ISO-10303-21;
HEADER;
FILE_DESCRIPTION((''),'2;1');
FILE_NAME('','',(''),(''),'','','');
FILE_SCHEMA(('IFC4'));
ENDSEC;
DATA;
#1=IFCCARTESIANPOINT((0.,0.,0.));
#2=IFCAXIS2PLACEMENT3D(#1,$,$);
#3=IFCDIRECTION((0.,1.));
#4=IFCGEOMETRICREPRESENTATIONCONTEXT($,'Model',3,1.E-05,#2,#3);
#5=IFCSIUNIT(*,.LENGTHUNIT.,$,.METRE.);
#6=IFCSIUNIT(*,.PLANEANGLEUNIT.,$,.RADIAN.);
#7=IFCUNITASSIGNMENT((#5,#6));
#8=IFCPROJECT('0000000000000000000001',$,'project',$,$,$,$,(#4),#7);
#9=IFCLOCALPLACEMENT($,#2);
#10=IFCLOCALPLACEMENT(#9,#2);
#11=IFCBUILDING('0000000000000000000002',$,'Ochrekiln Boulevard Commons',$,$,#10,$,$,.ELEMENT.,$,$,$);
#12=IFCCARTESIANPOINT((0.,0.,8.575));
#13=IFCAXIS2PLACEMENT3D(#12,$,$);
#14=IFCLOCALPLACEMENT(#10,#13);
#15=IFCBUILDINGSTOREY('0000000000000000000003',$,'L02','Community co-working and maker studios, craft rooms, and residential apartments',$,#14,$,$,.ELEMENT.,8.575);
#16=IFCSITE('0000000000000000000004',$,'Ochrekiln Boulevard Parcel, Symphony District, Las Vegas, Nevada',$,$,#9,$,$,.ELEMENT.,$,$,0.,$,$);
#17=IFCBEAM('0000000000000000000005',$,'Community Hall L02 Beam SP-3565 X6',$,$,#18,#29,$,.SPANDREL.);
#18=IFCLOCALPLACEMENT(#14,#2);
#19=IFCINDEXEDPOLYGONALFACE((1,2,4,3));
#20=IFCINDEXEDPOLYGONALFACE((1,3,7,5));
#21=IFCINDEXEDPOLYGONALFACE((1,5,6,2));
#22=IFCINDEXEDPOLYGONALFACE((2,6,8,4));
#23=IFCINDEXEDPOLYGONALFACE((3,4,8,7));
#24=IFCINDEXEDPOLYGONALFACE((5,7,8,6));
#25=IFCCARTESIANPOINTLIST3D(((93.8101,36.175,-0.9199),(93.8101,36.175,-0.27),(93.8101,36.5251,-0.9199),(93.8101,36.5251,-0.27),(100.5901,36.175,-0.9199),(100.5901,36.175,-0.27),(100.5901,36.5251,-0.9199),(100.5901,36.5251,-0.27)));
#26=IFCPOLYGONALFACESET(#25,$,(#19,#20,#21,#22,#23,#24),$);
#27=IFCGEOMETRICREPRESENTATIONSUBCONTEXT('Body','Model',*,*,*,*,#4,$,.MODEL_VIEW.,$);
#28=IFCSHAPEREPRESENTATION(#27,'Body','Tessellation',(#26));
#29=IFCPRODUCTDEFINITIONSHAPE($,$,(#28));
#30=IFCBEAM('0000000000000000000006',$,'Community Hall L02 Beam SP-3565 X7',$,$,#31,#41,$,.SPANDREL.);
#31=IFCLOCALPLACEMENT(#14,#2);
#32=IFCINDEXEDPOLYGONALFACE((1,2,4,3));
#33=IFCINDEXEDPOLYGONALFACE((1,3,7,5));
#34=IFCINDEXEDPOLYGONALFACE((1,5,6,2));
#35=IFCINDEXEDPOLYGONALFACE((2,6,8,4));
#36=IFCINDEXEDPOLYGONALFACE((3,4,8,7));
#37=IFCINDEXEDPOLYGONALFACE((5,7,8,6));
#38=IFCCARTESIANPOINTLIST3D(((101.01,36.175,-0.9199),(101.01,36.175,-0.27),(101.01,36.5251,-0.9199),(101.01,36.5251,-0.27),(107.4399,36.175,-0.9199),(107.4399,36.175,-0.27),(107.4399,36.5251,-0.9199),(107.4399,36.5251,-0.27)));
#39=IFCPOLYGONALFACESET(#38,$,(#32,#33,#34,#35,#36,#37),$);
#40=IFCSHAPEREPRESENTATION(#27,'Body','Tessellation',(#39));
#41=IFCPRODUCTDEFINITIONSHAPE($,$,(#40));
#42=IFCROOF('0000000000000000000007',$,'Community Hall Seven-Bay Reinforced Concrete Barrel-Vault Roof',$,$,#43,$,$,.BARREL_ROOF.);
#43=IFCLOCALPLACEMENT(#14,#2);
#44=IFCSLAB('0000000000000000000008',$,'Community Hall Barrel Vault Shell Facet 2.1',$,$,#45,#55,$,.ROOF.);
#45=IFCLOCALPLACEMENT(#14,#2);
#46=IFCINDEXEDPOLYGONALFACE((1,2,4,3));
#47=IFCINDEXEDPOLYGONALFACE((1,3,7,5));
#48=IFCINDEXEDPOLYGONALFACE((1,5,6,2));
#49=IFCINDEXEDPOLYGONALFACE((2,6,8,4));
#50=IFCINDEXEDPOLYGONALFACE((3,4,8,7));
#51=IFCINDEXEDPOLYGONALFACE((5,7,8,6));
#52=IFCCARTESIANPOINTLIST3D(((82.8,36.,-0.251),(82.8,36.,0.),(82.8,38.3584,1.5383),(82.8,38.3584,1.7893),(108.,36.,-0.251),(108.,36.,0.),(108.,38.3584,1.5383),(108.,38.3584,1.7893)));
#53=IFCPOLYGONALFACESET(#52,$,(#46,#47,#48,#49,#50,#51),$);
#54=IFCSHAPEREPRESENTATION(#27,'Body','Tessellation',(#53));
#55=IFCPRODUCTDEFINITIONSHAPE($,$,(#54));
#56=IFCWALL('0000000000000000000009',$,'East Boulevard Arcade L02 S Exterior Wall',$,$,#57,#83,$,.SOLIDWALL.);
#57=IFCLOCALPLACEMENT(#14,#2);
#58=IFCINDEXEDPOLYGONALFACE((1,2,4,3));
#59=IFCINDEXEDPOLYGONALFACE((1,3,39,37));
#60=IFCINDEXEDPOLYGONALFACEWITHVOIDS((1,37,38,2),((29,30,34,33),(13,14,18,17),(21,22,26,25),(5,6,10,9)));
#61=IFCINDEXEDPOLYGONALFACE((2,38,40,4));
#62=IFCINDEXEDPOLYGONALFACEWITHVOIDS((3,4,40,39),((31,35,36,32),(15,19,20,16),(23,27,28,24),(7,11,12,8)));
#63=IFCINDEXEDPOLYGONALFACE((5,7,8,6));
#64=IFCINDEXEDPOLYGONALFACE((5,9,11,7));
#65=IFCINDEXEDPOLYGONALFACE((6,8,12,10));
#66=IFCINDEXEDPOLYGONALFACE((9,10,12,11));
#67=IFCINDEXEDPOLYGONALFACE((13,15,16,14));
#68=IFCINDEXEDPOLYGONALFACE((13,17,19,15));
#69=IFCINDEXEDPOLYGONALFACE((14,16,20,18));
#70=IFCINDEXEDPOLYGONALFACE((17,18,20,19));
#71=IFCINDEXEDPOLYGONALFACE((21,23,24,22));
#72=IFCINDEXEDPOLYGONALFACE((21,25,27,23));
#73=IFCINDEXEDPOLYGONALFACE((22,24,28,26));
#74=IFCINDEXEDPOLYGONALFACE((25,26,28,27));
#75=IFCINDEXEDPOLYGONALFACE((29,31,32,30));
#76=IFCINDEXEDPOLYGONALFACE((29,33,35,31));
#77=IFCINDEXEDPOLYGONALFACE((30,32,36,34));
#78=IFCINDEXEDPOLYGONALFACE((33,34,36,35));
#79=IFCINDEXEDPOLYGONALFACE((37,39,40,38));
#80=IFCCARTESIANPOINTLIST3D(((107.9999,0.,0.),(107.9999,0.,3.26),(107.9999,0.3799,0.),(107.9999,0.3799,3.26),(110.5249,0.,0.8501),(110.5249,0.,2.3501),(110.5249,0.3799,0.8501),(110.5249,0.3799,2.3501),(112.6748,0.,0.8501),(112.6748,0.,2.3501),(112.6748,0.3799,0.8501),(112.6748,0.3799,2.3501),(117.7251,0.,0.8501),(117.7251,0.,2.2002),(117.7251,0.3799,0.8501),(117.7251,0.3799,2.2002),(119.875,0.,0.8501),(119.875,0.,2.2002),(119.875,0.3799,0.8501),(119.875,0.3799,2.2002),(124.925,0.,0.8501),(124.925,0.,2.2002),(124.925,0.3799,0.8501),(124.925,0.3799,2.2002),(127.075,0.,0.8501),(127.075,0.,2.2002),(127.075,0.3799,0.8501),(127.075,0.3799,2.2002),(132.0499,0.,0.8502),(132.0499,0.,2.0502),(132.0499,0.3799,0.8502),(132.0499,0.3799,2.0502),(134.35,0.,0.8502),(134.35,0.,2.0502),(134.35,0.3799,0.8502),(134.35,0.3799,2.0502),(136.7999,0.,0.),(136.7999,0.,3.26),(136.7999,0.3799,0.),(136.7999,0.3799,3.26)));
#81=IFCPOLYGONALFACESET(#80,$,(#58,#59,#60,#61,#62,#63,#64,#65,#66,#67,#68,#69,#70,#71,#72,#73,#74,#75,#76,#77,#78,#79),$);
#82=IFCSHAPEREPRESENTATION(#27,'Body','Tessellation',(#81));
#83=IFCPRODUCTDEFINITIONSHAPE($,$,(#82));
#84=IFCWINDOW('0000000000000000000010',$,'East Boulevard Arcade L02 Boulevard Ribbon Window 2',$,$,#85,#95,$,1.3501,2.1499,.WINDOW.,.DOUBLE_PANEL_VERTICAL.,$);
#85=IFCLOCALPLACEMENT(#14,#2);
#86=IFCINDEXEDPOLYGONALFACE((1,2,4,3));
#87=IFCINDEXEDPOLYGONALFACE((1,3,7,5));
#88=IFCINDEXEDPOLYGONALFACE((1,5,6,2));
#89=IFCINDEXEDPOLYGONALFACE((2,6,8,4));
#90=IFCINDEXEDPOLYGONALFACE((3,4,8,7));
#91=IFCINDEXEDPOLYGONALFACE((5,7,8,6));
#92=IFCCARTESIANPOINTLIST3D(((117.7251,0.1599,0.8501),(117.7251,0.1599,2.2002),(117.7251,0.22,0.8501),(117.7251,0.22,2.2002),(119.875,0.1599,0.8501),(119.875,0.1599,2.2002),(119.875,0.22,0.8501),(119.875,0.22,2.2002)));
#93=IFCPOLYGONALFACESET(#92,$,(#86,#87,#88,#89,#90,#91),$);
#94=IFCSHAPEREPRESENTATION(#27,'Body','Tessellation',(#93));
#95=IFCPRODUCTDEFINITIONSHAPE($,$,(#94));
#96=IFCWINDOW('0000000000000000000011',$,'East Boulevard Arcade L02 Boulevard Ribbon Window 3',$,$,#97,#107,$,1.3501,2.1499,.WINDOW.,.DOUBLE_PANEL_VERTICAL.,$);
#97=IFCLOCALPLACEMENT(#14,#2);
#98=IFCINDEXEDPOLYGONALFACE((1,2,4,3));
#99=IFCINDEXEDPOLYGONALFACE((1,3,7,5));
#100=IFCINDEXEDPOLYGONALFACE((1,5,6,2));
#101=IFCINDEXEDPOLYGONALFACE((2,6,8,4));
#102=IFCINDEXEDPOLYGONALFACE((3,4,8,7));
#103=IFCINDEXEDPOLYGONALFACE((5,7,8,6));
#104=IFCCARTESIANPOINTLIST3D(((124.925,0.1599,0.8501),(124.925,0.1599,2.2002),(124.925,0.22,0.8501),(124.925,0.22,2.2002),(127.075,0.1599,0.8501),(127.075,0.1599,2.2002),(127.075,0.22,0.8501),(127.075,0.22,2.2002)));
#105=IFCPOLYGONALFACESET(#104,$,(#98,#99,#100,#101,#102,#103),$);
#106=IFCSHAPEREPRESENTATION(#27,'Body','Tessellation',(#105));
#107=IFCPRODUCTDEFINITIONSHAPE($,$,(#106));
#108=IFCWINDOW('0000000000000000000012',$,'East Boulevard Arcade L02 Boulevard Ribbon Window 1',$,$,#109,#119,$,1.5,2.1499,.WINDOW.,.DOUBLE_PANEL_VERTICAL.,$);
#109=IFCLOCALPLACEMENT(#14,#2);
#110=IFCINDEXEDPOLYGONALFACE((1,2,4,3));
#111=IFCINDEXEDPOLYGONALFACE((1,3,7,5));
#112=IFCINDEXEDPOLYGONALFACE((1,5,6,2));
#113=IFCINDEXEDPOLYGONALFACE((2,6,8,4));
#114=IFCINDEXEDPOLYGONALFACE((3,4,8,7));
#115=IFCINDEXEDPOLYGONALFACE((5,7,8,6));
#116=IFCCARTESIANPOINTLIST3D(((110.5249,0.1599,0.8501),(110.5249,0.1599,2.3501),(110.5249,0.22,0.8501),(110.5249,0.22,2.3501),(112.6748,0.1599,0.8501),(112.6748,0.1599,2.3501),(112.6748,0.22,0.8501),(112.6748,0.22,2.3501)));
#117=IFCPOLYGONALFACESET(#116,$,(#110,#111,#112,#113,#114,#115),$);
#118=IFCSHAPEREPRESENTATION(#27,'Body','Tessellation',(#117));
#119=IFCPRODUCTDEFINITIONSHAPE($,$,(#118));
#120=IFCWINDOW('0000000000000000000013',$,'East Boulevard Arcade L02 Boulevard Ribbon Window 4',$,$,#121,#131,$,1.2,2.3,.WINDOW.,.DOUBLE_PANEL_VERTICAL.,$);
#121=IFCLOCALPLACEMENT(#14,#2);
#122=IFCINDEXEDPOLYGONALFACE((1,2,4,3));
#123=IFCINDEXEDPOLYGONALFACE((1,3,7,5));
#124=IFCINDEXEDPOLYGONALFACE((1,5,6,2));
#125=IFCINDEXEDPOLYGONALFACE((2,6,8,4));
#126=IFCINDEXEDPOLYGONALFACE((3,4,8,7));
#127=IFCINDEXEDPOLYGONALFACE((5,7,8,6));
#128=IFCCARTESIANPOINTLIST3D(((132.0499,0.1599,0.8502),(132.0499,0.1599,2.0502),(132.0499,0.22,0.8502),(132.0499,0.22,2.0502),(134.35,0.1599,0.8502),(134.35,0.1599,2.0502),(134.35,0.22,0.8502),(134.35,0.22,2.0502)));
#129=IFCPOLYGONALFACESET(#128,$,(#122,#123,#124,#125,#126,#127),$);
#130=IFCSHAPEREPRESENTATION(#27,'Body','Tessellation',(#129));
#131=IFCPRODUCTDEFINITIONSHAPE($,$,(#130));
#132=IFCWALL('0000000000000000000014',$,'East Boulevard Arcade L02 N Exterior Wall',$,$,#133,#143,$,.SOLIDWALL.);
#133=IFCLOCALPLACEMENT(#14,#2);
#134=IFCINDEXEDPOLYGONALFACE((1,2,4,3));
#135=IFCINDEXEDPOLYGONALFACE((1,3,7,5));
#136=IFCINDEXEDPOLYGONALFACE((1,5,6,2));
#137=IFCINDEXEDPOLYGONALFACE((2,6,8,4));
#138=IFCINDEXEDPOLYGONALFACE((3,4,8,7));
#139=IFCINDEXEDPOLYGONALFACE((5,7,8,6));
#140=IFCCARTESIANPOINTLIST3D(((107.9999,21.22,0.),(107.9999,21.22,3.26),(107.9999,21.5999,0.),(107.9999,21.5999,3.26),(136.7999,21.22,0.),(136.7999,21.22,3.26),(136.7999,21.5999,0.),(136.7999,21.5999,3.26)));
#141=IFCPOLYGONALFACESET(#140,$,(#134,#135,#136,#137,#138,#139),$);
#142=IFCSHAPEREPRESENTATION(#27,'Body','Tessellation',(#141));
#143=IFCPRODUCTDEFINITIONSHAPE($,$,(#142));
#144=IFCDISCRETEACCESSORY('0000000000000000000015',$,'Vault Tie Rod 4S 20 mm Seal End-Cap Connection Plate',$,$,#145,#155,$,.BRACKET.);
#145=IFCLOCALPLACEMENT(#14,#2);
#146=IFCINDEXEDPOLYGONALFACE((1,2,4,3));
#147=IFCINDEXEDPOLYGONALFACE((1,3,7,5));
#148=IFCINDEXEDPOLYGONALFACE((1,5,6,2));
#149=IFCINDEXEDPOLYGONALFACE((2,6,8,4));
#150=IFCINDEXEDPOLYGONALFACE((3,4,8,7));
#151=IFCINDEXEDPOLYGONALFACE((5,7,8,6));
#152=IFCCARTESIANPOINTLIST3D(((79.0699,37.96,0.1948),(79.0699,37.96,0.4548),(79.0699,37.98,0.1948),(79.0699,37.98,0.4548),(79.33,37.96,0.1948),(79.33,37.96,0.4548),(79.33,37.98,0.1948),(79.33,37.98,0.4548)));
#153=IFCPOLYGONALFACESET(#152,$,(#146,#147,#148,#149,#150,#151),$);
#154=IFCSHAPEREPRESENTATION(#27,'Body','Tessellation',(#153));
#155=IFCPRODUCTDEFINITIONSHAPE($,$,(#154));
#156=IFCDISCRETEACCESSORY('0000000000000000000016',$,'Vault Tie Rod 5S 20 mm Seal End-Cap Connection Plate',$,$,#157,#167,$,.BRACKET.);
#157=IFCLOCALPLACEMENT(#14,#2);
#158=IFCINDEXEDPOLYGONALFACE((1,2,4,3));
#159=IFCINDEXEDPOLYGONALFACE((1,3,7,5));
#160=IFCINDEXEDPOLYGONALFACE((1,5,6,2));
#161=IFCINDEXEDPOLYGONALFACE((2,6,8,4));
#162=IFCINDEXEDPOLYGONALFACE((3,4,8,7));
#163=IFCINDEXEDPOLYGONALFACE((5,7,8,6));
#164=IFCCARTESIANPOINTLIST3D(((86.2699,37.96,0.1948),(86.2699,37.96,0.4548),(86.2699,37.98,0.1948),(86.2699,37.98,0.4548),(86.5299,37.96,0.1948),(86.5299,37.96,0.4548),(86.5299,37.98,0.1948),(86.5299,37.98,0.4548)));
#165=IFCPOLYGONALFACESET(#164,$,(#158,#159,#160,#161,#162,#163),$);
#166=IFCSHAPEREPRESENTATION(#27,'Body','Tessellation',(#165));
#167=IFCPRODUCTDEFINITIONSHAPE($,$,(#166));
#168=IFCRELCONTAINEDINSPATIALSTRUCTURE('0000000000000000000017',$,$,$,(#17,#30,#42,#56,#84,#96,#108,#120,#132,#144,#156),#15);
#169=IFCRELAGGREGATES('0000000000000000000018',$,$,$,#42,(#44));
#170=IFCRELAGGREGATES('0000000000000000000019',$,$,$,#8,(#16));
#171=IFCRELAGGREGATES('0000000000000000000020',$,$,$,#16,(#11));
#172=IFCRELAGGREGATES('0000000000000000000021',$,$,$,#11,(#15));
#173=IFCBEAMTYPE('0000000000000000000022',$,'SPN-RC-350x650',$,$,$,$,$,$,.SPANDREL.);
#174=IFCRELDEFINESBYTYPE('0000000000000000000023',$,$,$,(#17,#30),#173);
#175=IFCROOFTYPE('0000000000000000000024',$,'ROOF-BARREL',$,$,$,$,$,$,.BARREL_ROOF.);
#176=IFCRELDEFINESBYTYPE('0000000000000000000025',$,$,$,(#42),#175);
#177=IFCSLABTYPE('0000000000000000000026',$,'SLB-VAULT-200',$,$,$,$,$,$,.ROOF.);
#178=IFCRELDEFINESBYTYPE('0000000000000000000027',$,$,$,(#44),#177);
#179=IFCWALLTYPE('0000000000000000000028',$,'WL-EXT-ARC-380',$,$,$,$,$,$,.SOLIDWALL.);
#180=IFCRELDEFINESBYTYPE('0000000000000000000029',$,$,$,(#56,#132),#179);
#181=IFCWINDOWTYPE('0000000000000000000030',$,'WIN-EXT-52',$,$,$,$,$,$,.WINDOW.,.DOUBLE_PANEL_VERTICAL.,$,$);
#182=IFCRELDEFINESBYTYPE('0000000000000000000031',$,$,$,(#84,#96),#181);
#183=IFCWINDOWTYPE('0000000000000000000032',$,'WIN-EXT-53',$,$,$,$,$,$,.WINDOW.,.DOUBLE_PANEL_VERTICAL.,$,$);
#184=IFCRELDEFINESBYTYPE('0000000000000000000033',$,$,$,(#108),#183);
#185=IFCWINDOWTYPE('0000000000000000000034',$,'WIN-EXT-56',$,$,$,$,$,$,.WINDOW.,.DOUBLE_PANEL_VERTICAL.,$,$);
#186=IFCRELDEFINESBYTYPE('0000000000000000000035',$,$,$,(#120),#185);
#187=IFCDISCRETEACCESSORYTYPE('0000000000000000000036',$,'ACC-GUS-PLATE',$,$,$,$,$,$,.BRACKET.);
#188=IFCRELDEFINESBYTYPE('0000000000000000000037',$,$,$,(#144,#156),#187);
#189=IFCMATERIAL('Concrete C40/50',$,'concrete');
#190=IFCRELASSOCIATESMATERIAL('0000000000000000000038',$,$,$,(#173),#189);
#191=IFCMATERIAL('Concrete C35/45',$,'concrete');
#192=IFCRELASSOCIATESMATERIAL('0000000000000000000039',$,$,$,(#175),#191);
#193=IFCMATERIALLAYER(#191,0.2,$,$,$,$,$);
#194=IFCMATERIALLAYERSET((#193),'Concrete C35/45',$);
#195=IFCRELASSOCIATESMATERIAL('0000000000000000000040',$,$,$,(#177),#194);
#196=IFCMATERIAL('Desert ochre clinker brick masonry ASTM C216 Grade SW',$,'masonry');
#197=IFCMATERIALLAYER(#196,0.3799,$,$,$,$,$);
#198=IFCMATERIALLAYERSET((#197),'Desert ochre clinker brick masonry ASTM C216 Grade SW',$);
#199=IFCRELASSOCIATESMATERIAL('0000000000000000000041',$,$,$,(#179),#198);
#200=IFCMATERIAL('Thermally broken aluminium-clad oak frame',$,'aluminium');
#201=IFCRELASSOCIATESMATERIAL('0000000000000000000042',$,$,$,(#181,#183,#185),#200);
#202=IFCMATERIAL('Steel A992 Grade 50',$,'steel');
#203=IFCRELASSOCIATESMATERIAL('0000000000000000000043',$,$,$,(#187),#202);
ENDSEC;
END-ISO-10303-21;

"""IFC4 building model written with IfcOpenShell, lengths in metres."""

from ifc_helpers import new_model, si_unit, direction, frame, frame_2d, origin, origin_2d, place, context, subcontext, project, spatial, polyline, rectangle, outline, extrude, material, layer, layer_set, material_profile, profile_set, type_object, element, fill, aggregate, save


model = new_model("IFC4")

# Units and contexts
model_context = context("Model", 3, precision=1e-05, world=origin(), true_north=direction((0.0, 1.0)))
body_context = subcontext(model_context, "Body", "Model", "MODEL_VIEW")
ifc_project = project(units=[si_unit("LENGTHUNIT", "METRE"), si_unit("PLANEANGLEUNIT", "RADIAN")], contexts=[model_context])

# Site, building, storey
site_placement = place(None, origin())
site = spatial("IfcSite", under=ifc_project, at=site_placement, Name="Ochrekiln Boulevard Parcel, Symphony District, Las Vegas, Nevada", CompositionType="ELEMENT", RefElevation=0.0)
building_placement = place(site_placement, origin())
building = spatial("IfcBuilding", under=site, at=building_placement, Name="Ochrekiln Boulevard Commons", CompositionType="ELEMENT")
storey_placement = place(building_placement, frame((0.0, 0.0, 8.575)))
storey = spatial("IfcBuildingStorey", under=building, at=storey_placement, Name="L02", Description="Community co-working and maker studios, craft rooms, and residential apartments", CompositionType="ELEMENT", Elevation=8.575)

# Shared definitions
ifc_material_1 = material(Name="Concrete C40/50", Category="concrete")

# Beams
ifc_material_profile_1 = material_profile(ifc_material_1, rectangle(XDim=0.3501, YDim=0.6499, at=origin_2d()), Name="RC-SPN-350x650")
ifc_profile_set_1 = profile_set([ifc_material_profile_1], Name="Concrete C40/50")
beam_type_1 = type_object("IfcBeamType", Name="SPN-RC-350x650", PredefinedType="SPANDREL", material=ifc_profile_set_1)
beam_1_placement = place(storey_placement, frame((93.8101, 36.3501, -0.595), z_axis=(1.0, 0.0, 0.0), x_axis=(0.0, 1.0, 0.0)))
element("IfcBeam", 1, at=beam_1_placement, inside=storey, type_object=beam_type_1, Name="Community Hall L02 Beam SP-3565 X6", PredefinedType="SPANDREL", context=body_context, shape_type="SweptSolid", body=[
    extrude(rectangle(XDim=0.3501, YDim=0.6499, at=origin_2d()), origin(), (0.0, 0.0, 1.0), 6.78),
])
beam_2_placement = place(storey_placement, frame((101.01, 36.3501, -0.595), z_axis=(1.0, 0.0, 0.0), x_axis=(0.0, 1.0, 0.0)))
element("IfcBeam", 2, at=beam_2_placement, inside=storey, type_object=beam_type_1, Name="Community Hall L02 Beam SP-3565 X7", PredefinedType="SPANDREL", context=body_context, shape_type="SweptSolid", body=[
    extrude(rectangle(XDim=0.3501, YDim=0.6499, at=origin_2d()), origin(), (0.0, 0.0, 1.0), 6.4299),
])

# Roof, slab
ifc_material_2 = material(Name="Concrete C35/45", Category="concrete")
roof_type = type_object("IfcRoofType", Name="ROOF-BARREL", PredefinedType="BARREL_ROOF", material=ifc_material_2)
roof_placement = place(storey_placement, origin())
roof = element("IfcRoof", 3, at=roof_placement, inside=storey, type_object=roof_type, Name="Community Hall Seven-Bay Reinforced Concrete Barrel-Vault Roof", PredefinedType="BARREL_ROOF")
ifc_layer_1 = layer(ifc_material_2, 0.2)
ifc_layer_set_1 = layer_set([ifc_layer_1], Name="Concrete C35/45")
slab_type = type_object("IfcSlabType", Name="SLB-VAULT-200", PredefinedType="ROOF", material=ifc_layer_set_1)
slab_placement = place(storey_placement, frame((82.8, 36.0, 0.0), z_axis=(1.0, 0.0, 0.0), x_axis=(0.0, 1.0, 0.0)))
slab = element("IfcSlab", 4, at=slab_placement, type_object=slab_type, Name="Community Hall Barrel Vault Shell Facet 2.1", PredefinedType="ROOF", context=body_context, shape_type="SweptSolid", body=[
    extrude(outline(polyline([(0.0, 0.0), (2.3584, 1.7893), (2.3584, 1.5383), (0.0, -0.251), (0.0, 0.0)])), origin(), (0.0, 0.0, 1.0), 25.2),
])
aggregate(roof, [slab])

# Wall, openings, windows
ifc_material_3 = material(Name="Desert ochre clinker brick masonry ASTM C216 Grade SW", Category="masonry")
ifc_layer_2 = layer(ifc_material_3, 0.3799)
ifc_layer_set_2 = layer_set([ifc_layer_2], Name="Desert ochre clinker brick masonry ASTM C216 Grade SW")
wall_type = type_object("IfcWallType", Name="WL-EXT-ARC-380", PredefinedType="SOLIDWALL", material=ifc_layer_set_2)
wall_1_placement = place(storey_placement, frame((108.0, 0.1899, 0.0), z_axis=(0.0, 0.0, 1.0), x_axis=(1.0, 0.0, 0.0)))
wall_1 = element("IfcWall", 5, at=wall_1_placement, inside=storey, type_object=wall_type, Name="East Boulevard Arcade L02 S Exterior Wall", PredefinedType="SOLIDWALL", context=body_context, shape_type="SweptSolid", body=[
    extrude(rectangle(XDim=28.8, YDim=0.3799, at=frame_2d((14.3999, 0.0))), origin(), (0.0, 0.0, 1.0), 3.26),
])
opening_1_placement = place(wall_1_placement, frame((2.5249, 0.0, 0.8501)))
opening_1 = element("IfcOpeningElement", 6, at=opening_1_placement, cuts=wall_1, PredefinedType="OPENING", context=body_context, shape_type="SweptSolid", body=[
    extrude(rectangle(XDim=2.1499, YDim=1.5, at=frame_2d((1.075, 0.75))), frame((0.0, 0.2, 0.0), z_axis=(0.0, -1.0, 0.0), x_axis=(1.0, 0.0, 0.0)), (0.0, 0.0, 1.0), 0.3999),
])
opening_2_placement = place(wall_1_placement, frame((9.7251, 0.0, 0.8501)))
opening_2 = element("IfcOpeningElement", 7, at=opening_2_placement, cuts=wall_1, PredefinedType="OPENING", context=body_context, shape_type="SweptSolid", body=[
    extrude(rectangle(XDim=2.1499, YDim=1.3501, at=frame_2d((1.075, 0.675))), frame((0.0, 0.2, 0.0), z_axis=(0.0, -1.0, 0.0), x_axis=(1.0, 0.0, 0.0)), (0.0, 0.0, 1.0), 0.3999),
])
opening_3_placement = place(wall_1_placement, frame((16.925, 0.0, 0.8501)))
opening_3 = element("IfcOpeningElement", 8, at=opening_3_placement, cuts=wall_1, PredefinedType="OPENING", context=body_context, shape_type="SweptSolid", body=[
    extrude(rectangle(XDim=2.1499, YDim=1.3501, at=frame_2d((1.075, 0.675))), frame((0.0, 0.2, 0.0), z_axis=(0.0, -1.0, 0.0), x_axis=(1.0, 0.0, 0.0)), (0.0, 0.0, 1.0), 0.3999),
])
opening_4_placement = place(wall_1_placement, frame((24.05, 0.0, 0.8501)))
opening_4 = element("IfcOpeningElement", 9, at=opening_4_placement, cuts=wall_1, PredefinedType="OPENING", context=body_context, shape_type="SweptSolid", body=[
    extrude(rectangle(XDim=2.3, YDim=1.2, at=frame_2d((1.1499, 0.6001))), frame((0.0, 0.2, 0.0), z_axis=(0.0, -1.0, 0.0), x_axis=(1.0, 0.0, 0.0)), (0.0, 0.0, 1.0), 0.3999),
])
ifc_material_4 = material(Name="Thermally broken aluminium-clad oak frame", Category="aluminium")
window_type_1 = type_object("IfcWindowType", Name="WIN-EXT-52", PartitioningType="DOUBLE_PANEL_VERTICAL", PredefinedType="WINDOW", material=ifc_material_4)
window_1_placement = place(opening_2_placement, origin())
window_1 = element("IfcWindow", 10, at=window_1_placement, inside=storey, type_object=window_type_1, Name="East Boulevard Arcade L02 Boulevard Ribbon Window 2", OverallHeight=1.3501, OverallWidth=2.1499, PartitioningType="DOUBLE_PANEL_VERTICAL", PredefinedType="WINDOW", context=body_context, shape_type="SweptSolid", body=[
    extrude(rectangle(XDim=2.1499, YDim=1.3501, at=frame_2d((1.075, 0.675))), frame((0.0, 0.03, 0.0), z_axis=(0.0, -1.0, 0.0), x_axis=(1.0, 0.0, 0.0)), (0.0, 0.0, 1.0), 0.0601),
])
fill(opening_2, window_1)
window_2_placement = place(opening_3_placement, origin())
window_2 = element("IfcWindow", 11, at=window_2_placement, inside=storey, type_object=window_type_1, Name="East Boulevard Arcade L02 Boulevard Ribbon Window 3", OverallHeight=1.3501, OverallWidth=2.1499, PartitioningType="DOUBLE_PANEL_VERTICAL", PredefinedType="WINDOW", context=body_context, shape_type="SweptSolid", body=[
    extrude(rectangle(XDim=2.1499, YDim=1.3501, at=frame_2d((1.075, 0.675))), frame((0.0, 0.03, 0.0), z_axis=(0.0, -1.0, 0.0), x_axis=(1.0, 0.0, 0.0)), (0.0, 0.0, 1.0), 0.0601),
])
fill(opening_3, window_2)
window_type_2 = type_object("IfcWindowType", Name="WIN-EXT-53", PartitioningType="DOUBLE_PANEL_VERTICAL", PredefinedType="WINDOW", material=ifc_material_4)
window_3_placement = place(opening_1_placement, origin())
window_3 = element("IfcWindow", 12, at=window_3_placement, inside=storey, type_object=window_type_2, Name="East Boulevard Arcade L02 Boulevard Ribbon Window 1", OverallHeight=1.5, OverallWidth=2.1499, PartitioningType="DOUBLE_PANEL_VERTICAL", PredefinedType="WINDOW", context=body_context, shape_type="SweptSolid", body=[
    extrude(rectangle(XDim=2.1499, YDim=1.5, at=frame_2d((1.075, 0.75))), frame((0.0, 0.03, 0.0), z_axis=(0.0, -1.0, 0.0), x_axis=(1.0, 0.0, 0.0)), (0.0, 0.0, 1.0), 0.0601),
])
fill(opening_1, window_3)
window_type_3 = type_object("IfcWindowType", Name="WIN-EXT-56", PartitioningType="DOUBLE_PANEL_VERTICAL", PredefinedType="WINDOW", material=ifc_material_4)
window_4_placement = place(opening_4_placement, origin())
window_4 = element("IfcWindow", 13, at=window_4_placement, inside=storey, type_object=window_type_3, Name="East Boulevard Arcade L02 Boulevard Ribbon Window 4", OverallHeight=1.2, OverallWidth=2.3, PartitioningType="DOUBLE_PANEL_VERTICAL", PredefinedType="WINDOW", context=body_context, shape_type="SweptSolid", body=[
    extrude(rectangle(XDim=2.3, YDim=1.2, at=frame_2d((1.1499, 0.6001))), frame((0.0, 0.03, 0.0), z_axis=(0.0, -1.0, 0.0), x_axis=(1.0, 0.0, 0.0)), (0.0, 0.0, 1.0), 0.0601),
])
fill(opening_4, window_4)

# Wall
wall_2_placement = place(storey_placement, frame((108.0, 21.4099, 0.0), z_axis=(0.0, 0.0, 1.0), x_axis=(1.0, 0.0, 0.0)))
element("IfcWall", 14, at=wall_2_placement, inside=storey, type_object=wall_type, Name="East Boulevard Arcade L02 N Exterior Wall", PredefinedType="SOLIDWALL", context=body_context, shape_type="SweptSolid", body=[
    extrude(rectangle(XDim=28.8, YDim=0.3799, at=frame_2d((14.3999, 0.0))), origin(), (0.0, 0.0, 1.0), 3.26),
])

# Discrete accessories
ifc_material_5 = material(Name="Steel A992 Grade 50", Category="steel")
discrete_accessory_type = type_object("IfcDiscreteAccessoryType", Name="ACC-GUS-PLATE", PredefinedType="BRACKET", material=ifc_material_5)
for number, where, z_axis, x_axis, name in (
    (15, (79.2, 37.97, 0.1948), (0.0, 0.0, 1.0), (1.0, 0.0, 0.0), "Vault Tie Rod 4S 20 mm Seal End-Cap Connection Plate"),
    (16, (86.3999, 37.97, 0.1948), (0.0, 0.0, 1.0), (1.0, 0.0, 0.0), "Vault Tie Rod 5S 20 mm Seal End-Cap Connection Plate"),
):
    element("IfcDiscreteAccessory", number, at=place(storey_placement, frame(where, z_axis=z_axis, x_axis=x_axis)), inside=storey, type_object=discrete_accessory_type, Name=name, PredefinedType="BRACKET", context=body_context, shape_type="SweptSolid", body=[
        extrude(rectangle(XDim=0.26, YDim=0.02, at=origin_2d()), origin(), (0.0, 0.0, 1.0), 0.26),
    ])

save(model, "model.ifc")
